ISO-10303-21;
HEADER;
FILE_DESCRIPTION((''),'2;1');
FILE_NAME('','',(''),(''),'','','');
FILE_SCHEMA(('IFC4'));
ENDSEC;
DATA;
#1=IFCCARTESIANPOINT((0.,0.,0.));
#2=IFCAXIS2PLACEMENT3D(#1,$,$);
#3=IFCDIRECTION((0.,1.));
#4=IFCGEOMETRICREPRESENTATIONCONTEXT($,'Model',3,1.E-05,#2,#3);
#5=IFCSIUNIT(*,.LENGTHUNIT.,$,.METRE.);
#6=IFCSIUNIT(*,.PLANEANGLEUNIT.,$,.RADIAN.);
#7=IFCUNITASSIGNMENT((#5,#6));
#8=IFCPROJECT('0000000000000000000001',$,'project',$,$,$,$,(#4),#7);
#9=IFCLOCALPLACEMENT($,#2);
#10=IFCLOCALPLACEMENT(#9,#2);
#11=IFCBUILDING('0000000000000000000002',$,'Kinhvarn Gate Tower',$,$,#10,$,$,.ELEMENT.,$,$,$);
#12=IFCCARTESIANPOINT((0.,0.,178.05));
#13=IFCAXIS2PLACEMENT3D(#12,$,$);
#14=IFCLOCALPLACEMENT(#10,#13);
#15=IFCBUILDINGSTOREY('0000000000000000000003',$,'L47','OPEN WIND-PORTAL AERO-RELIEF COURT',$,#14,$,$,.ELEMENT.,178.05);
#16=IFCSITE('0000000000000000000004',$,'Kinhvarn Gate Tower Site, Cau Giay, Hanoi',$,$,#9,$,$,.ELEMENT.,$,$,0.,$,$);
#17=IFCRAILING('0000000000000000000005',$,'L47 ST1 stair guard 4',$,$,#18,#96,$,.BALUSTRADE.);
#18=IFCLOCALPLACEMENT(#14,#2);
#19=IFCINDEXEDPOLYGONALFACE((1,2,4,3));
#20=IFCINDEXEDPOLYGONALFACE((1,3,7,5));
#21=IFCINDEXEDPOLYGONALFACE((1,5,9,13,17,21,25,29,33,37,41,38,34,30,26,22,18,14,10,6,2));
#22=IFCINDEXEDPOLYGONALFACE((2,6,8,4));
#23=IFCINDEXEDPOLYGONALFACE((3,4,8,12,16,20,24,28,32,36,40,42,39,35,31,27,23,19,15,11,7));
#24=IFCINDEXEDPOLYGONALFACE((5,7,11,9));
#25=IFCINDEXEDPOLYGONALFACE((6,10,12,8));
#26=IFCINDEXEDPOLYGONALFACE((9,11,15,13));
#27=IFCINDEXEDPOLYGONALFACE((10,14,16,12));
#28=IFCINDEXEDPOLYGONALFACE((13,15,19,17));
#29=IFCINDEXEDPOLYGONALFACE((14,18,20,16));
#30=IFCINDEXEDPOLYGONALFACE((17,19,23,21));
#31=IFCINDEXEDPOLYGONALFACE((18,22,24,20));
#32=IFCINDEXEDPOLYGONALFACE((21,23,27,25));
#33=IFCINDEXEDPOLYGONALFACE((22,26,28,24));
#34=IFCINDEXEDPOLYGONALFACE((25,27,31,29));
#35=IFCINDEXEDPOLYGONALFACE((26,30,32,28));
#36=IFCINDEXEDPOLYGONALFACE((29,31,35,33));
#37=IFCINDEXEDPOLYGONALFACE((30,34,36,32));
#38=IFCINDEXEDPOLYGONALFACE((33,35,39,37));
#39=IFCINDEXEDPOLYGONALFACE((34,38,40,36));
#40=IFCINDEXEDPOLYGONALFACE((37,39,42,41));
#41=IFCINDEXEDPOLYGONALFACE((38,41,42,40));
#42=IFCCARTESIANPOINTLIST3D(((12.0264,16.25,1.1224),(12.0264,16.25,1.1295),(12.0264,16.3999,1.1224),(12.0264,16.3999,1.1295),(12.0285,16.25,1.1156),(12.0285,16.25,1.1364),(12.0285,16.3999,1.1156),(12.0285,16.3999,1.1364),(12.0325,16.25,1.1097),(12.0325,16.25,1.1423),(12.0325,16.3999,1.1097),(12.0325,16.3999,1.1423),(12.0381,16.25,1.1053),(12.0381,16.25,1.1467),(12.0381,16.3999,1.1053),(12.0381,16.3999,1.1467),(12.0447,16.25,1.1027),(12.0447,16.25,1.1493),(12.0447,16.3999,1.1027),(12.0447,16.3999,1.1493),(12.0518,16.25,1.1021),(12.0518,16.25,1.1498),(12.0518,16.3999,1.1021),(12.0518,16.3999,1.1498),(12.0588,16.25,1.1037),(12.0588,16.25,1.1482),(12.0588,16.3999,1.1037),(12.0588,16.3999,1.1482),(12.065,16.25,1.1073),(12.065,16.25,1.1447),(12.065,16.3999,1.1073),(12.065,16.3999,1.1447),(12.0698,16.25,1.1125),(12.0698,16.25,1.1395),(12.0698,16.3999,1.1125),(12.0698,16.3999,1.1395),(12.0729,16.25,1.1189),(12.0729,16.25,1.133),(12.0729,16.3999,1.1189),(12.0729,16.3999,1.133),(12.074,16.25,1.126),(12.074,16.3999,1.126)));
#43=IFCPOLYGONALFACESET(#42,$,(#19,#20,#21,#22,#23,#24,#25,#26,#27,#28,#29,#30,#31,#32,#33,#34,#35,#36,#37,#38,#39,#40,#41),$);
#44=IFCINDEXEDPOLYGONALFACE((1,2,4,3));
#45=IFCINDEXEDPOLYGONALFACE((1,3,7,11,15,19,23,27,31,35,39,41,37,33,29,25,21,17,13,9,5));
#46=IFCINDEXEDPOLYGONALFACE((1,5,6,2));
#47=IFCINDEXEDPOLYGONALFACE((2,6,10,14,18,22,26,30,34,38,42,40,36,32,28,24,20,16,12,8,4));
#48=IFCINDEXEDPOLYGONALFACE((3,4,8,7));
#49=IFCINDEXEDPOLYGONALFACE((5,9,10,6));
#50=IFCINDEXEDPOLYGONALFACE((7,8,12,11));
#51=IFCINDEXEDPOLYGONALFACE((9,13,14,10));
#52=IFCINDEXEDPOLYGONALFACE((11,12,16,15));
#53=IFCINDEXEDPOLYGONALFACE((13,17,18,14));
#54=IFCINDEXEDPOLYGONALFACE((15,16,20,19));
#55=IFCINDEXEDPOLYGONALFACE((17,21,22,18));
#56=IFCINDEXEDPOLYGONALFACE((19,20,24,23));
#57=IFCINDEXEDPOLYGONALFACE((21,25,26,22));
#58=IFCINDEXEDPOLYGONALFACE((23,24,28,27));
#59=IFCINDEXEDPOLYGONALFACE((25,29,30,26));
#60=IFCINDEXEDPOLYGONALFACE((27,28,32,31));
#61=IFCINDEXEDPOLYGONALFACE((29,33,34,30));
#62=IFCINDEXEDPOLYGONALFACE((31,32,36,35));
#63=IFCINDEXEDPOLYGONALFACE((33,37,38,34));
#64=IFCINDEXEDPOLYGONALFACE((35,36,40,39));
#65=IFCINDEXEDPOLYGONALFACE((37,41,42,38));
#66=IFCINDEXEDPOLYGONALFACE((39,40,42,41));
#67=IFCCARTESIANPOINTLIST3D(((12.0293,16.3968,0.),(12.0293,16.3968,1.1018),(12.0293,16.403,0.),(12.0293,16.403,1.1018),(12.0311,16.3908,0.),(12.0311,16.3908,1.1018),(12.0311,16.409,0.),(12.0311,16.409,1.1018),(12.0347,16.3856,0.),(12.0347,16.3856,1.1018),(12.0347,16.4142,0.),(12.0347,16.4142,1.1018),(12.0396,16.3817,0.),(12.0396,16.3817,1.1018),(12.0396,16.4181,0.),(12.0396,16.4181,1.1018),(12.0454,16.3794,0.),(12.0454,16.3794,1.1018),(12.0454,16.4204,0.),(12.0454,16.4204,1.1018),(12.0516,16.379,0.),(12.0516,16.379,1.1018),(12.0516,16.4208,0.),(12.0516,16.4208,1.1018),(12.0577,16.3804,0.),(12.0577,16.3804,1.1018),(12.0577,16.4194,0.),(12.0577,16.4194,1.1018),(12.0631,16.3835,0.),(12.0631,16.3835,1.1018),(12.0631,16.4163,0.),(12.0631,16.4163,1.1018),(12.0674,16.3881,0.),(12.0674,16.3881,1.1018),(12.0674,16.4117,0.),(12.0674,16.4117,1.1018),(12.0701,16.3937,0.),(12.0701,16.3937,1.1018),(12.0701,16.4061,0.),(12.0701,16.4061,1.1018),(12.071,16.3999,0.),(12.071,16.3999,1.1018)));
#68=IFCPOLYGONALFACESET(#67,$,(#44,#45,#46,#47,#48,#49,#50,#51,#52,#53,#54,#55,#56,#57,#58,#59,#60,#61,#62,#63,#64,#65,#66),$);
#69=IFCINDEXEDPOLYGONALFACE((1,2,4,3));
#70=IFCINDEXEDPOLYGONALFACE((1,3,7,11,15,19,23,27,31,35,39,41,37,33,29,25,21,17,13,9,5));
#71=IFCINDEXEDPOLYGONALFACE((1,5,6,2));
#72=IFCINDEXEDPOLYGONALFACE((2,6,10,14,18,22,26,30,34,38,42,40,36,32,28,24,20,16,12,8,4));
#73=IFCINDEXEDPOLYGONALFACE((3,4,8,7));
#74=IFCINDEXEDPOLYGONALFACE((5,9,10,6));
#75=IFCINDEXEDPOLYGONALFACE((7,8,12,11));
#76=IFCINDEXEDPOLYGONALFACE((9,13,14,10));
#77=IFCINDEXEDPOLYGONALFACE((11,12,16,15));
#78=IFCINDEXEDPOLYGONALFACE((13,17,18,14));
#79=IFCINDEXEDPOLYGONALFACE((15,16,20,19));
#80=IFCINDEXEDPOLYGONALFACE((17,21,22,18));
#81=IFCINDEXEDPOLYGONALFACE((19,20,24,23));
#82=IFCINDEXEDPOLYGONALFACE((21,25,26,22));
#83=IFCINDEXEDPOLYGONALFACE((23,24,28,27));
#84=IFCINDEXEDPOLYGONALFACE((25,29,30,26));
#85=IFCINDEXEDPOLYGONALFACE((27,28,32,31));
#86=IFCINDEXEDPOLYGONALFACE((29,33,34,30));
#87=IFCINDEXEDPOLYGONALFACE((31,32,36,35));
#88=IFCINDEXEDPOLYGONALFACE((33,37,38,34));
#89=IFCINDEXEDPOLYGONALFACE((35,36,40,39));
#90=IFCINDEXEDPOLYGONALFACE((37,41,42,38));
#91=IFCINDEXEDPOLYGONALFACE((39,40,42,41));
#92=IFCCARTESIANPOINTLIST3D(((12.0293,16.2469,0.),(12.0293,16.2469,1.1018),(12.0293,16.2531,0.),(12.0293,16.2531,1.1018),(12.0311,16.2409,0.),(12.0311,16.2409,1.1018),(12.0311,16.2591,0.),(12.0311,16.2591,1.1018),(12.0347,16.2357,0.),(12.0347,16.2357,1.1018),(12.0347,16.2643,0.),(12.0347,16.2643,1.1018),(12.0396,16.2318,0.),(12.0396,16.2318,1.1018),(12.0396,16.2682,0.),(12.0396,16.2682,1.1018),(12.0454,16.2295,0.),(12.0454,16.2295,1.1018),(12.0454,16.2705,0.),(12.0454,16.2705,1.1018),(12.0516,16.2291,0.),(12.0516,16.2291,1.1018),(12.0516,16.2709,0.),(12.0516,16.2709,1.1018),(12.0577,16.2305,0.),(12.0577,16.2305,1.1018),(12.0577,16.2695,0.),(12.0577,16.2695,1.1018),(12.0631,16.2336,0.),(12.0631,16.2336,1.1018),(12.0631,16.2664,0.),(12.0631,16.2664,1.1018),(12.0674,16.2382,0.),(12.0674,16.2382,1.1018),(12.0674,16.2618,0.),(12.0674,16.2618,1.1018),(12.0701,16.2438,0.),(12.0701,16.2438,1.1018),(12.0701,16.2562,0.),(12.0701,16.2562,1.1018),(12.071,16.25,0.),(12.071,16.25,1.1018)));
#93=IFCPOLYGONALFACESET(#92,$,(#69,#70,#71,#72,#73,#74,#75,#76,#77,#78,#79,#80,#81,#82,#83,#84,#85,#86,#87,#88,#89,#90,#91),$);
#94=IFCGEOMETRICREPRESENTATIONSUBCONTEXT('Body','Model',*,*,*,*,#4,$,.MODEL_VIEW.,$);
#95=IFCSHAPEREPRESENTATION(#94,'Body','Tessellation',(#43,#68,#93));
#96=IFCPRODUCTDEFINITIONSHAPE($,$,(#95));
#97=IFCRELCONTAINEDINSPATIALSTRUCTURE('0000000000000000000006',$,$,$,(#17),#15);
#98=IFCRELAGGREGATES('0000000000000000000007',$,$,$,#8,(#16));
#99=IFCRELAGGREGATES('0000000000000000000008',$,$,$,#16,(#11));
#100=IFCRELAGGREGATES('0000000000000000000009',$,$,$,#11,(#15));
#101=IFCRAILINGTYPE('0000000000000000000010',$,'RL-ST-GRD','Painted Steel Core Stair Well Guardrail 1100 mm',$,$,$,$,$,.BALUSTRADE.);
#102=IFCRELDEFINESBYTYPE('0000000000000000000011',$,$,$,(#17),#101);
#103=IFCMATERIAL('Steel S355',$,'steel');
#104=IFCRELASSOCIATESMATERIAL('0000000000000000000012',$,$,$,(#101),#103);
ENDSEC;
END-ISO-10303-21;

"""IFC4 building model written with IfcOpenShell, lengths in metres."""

from ifc_helpers import new_model, si_unit, direction, frame, origin, origin_2d, place, context, subcontext, project, spatial, circle, extrude, material, type_object, element, save


model = new_model("IFC4")

# Units and contexts
model_context = context("Model", 3, precision=1e-05, world=origin(), true_north=direction((0.0, 1.0)))
body_context = subcontext(model_context, "Body", "Model", "MODEL_VIEW")
ifc_project = project(units=[si_unit("LENGTHUNIT", "METRE"), si_unit("PLANEANGLEUNIT", "RADIAN")], contexts=[model_context])

# Site, building, storey
site_placement = place(None, origin())
site = spatial("IfcSite", under=ifc_project, at=site_placement, Name="Kinhvarn Gate Tower Site, Cau Giay, Hanoi", CompositionType="ELEMENT", RefElevation=0.0)
building_placement = place(site_placement, origin())
building = spatial("IfcBuilding", under=site, at=building_placement, Name="Kinhvarn Gate Tower", CompositionType="ELEMENT")
storey_placement = place(building_placement, frame((0.0, 0.0, 178.05)))
storey = spatial("IfcBuildingStorey", under=building, at=storey_placement, Name="L47", Description="OPEN WIND-PORTAL AERO-RELIEF COURT", CompositionType="ELEMENT", Elevation=178.05)

# Shared definitions
ifc_material_1 = material(Name="Steel S355", Category="steel")

# Railing
railing_type_1 = type_object("IfcRailingType", Name="RL-ST-GRD", Description="Painted Steel Core Stair Well Guardrail 1100 mm", PredefinedType="BALUSTRADE", material=ifc_material_1)
railing_1_placement = place(storey_placement, frame((12.05, 16.3999, 0.0)))
element("IfcRailing", 1, at=railing_1_placement, inside=storey, type_object=railing_type_1, Name="L47 ST1 stair guard 4", PredefinedType="BALUSTRADE", context=body_context, shape_type="SweptSolid", body=[
    extrude(circle(Radius=0.0239, at=origin_2d()), frame((0.0, 0.0, 1.126), z_axis=(0.0, -1.0, 0.0), x_axis=(1.0, 0.0, 0.0)), (0.0, 0.0, 1.0), 0.1499),
    extrude(circle(Radius=0.021, at=origin_2d()), origin(), (0.0, 0.0, 1.0), 1.1018),
    extrude(circle(Radius=0.021, at=origin_2d()), frame((0.0, -0.1499, 0.0)), (0.0, 0.0, 1.0), 1.1018),
])

save(model, "model.ifc")
